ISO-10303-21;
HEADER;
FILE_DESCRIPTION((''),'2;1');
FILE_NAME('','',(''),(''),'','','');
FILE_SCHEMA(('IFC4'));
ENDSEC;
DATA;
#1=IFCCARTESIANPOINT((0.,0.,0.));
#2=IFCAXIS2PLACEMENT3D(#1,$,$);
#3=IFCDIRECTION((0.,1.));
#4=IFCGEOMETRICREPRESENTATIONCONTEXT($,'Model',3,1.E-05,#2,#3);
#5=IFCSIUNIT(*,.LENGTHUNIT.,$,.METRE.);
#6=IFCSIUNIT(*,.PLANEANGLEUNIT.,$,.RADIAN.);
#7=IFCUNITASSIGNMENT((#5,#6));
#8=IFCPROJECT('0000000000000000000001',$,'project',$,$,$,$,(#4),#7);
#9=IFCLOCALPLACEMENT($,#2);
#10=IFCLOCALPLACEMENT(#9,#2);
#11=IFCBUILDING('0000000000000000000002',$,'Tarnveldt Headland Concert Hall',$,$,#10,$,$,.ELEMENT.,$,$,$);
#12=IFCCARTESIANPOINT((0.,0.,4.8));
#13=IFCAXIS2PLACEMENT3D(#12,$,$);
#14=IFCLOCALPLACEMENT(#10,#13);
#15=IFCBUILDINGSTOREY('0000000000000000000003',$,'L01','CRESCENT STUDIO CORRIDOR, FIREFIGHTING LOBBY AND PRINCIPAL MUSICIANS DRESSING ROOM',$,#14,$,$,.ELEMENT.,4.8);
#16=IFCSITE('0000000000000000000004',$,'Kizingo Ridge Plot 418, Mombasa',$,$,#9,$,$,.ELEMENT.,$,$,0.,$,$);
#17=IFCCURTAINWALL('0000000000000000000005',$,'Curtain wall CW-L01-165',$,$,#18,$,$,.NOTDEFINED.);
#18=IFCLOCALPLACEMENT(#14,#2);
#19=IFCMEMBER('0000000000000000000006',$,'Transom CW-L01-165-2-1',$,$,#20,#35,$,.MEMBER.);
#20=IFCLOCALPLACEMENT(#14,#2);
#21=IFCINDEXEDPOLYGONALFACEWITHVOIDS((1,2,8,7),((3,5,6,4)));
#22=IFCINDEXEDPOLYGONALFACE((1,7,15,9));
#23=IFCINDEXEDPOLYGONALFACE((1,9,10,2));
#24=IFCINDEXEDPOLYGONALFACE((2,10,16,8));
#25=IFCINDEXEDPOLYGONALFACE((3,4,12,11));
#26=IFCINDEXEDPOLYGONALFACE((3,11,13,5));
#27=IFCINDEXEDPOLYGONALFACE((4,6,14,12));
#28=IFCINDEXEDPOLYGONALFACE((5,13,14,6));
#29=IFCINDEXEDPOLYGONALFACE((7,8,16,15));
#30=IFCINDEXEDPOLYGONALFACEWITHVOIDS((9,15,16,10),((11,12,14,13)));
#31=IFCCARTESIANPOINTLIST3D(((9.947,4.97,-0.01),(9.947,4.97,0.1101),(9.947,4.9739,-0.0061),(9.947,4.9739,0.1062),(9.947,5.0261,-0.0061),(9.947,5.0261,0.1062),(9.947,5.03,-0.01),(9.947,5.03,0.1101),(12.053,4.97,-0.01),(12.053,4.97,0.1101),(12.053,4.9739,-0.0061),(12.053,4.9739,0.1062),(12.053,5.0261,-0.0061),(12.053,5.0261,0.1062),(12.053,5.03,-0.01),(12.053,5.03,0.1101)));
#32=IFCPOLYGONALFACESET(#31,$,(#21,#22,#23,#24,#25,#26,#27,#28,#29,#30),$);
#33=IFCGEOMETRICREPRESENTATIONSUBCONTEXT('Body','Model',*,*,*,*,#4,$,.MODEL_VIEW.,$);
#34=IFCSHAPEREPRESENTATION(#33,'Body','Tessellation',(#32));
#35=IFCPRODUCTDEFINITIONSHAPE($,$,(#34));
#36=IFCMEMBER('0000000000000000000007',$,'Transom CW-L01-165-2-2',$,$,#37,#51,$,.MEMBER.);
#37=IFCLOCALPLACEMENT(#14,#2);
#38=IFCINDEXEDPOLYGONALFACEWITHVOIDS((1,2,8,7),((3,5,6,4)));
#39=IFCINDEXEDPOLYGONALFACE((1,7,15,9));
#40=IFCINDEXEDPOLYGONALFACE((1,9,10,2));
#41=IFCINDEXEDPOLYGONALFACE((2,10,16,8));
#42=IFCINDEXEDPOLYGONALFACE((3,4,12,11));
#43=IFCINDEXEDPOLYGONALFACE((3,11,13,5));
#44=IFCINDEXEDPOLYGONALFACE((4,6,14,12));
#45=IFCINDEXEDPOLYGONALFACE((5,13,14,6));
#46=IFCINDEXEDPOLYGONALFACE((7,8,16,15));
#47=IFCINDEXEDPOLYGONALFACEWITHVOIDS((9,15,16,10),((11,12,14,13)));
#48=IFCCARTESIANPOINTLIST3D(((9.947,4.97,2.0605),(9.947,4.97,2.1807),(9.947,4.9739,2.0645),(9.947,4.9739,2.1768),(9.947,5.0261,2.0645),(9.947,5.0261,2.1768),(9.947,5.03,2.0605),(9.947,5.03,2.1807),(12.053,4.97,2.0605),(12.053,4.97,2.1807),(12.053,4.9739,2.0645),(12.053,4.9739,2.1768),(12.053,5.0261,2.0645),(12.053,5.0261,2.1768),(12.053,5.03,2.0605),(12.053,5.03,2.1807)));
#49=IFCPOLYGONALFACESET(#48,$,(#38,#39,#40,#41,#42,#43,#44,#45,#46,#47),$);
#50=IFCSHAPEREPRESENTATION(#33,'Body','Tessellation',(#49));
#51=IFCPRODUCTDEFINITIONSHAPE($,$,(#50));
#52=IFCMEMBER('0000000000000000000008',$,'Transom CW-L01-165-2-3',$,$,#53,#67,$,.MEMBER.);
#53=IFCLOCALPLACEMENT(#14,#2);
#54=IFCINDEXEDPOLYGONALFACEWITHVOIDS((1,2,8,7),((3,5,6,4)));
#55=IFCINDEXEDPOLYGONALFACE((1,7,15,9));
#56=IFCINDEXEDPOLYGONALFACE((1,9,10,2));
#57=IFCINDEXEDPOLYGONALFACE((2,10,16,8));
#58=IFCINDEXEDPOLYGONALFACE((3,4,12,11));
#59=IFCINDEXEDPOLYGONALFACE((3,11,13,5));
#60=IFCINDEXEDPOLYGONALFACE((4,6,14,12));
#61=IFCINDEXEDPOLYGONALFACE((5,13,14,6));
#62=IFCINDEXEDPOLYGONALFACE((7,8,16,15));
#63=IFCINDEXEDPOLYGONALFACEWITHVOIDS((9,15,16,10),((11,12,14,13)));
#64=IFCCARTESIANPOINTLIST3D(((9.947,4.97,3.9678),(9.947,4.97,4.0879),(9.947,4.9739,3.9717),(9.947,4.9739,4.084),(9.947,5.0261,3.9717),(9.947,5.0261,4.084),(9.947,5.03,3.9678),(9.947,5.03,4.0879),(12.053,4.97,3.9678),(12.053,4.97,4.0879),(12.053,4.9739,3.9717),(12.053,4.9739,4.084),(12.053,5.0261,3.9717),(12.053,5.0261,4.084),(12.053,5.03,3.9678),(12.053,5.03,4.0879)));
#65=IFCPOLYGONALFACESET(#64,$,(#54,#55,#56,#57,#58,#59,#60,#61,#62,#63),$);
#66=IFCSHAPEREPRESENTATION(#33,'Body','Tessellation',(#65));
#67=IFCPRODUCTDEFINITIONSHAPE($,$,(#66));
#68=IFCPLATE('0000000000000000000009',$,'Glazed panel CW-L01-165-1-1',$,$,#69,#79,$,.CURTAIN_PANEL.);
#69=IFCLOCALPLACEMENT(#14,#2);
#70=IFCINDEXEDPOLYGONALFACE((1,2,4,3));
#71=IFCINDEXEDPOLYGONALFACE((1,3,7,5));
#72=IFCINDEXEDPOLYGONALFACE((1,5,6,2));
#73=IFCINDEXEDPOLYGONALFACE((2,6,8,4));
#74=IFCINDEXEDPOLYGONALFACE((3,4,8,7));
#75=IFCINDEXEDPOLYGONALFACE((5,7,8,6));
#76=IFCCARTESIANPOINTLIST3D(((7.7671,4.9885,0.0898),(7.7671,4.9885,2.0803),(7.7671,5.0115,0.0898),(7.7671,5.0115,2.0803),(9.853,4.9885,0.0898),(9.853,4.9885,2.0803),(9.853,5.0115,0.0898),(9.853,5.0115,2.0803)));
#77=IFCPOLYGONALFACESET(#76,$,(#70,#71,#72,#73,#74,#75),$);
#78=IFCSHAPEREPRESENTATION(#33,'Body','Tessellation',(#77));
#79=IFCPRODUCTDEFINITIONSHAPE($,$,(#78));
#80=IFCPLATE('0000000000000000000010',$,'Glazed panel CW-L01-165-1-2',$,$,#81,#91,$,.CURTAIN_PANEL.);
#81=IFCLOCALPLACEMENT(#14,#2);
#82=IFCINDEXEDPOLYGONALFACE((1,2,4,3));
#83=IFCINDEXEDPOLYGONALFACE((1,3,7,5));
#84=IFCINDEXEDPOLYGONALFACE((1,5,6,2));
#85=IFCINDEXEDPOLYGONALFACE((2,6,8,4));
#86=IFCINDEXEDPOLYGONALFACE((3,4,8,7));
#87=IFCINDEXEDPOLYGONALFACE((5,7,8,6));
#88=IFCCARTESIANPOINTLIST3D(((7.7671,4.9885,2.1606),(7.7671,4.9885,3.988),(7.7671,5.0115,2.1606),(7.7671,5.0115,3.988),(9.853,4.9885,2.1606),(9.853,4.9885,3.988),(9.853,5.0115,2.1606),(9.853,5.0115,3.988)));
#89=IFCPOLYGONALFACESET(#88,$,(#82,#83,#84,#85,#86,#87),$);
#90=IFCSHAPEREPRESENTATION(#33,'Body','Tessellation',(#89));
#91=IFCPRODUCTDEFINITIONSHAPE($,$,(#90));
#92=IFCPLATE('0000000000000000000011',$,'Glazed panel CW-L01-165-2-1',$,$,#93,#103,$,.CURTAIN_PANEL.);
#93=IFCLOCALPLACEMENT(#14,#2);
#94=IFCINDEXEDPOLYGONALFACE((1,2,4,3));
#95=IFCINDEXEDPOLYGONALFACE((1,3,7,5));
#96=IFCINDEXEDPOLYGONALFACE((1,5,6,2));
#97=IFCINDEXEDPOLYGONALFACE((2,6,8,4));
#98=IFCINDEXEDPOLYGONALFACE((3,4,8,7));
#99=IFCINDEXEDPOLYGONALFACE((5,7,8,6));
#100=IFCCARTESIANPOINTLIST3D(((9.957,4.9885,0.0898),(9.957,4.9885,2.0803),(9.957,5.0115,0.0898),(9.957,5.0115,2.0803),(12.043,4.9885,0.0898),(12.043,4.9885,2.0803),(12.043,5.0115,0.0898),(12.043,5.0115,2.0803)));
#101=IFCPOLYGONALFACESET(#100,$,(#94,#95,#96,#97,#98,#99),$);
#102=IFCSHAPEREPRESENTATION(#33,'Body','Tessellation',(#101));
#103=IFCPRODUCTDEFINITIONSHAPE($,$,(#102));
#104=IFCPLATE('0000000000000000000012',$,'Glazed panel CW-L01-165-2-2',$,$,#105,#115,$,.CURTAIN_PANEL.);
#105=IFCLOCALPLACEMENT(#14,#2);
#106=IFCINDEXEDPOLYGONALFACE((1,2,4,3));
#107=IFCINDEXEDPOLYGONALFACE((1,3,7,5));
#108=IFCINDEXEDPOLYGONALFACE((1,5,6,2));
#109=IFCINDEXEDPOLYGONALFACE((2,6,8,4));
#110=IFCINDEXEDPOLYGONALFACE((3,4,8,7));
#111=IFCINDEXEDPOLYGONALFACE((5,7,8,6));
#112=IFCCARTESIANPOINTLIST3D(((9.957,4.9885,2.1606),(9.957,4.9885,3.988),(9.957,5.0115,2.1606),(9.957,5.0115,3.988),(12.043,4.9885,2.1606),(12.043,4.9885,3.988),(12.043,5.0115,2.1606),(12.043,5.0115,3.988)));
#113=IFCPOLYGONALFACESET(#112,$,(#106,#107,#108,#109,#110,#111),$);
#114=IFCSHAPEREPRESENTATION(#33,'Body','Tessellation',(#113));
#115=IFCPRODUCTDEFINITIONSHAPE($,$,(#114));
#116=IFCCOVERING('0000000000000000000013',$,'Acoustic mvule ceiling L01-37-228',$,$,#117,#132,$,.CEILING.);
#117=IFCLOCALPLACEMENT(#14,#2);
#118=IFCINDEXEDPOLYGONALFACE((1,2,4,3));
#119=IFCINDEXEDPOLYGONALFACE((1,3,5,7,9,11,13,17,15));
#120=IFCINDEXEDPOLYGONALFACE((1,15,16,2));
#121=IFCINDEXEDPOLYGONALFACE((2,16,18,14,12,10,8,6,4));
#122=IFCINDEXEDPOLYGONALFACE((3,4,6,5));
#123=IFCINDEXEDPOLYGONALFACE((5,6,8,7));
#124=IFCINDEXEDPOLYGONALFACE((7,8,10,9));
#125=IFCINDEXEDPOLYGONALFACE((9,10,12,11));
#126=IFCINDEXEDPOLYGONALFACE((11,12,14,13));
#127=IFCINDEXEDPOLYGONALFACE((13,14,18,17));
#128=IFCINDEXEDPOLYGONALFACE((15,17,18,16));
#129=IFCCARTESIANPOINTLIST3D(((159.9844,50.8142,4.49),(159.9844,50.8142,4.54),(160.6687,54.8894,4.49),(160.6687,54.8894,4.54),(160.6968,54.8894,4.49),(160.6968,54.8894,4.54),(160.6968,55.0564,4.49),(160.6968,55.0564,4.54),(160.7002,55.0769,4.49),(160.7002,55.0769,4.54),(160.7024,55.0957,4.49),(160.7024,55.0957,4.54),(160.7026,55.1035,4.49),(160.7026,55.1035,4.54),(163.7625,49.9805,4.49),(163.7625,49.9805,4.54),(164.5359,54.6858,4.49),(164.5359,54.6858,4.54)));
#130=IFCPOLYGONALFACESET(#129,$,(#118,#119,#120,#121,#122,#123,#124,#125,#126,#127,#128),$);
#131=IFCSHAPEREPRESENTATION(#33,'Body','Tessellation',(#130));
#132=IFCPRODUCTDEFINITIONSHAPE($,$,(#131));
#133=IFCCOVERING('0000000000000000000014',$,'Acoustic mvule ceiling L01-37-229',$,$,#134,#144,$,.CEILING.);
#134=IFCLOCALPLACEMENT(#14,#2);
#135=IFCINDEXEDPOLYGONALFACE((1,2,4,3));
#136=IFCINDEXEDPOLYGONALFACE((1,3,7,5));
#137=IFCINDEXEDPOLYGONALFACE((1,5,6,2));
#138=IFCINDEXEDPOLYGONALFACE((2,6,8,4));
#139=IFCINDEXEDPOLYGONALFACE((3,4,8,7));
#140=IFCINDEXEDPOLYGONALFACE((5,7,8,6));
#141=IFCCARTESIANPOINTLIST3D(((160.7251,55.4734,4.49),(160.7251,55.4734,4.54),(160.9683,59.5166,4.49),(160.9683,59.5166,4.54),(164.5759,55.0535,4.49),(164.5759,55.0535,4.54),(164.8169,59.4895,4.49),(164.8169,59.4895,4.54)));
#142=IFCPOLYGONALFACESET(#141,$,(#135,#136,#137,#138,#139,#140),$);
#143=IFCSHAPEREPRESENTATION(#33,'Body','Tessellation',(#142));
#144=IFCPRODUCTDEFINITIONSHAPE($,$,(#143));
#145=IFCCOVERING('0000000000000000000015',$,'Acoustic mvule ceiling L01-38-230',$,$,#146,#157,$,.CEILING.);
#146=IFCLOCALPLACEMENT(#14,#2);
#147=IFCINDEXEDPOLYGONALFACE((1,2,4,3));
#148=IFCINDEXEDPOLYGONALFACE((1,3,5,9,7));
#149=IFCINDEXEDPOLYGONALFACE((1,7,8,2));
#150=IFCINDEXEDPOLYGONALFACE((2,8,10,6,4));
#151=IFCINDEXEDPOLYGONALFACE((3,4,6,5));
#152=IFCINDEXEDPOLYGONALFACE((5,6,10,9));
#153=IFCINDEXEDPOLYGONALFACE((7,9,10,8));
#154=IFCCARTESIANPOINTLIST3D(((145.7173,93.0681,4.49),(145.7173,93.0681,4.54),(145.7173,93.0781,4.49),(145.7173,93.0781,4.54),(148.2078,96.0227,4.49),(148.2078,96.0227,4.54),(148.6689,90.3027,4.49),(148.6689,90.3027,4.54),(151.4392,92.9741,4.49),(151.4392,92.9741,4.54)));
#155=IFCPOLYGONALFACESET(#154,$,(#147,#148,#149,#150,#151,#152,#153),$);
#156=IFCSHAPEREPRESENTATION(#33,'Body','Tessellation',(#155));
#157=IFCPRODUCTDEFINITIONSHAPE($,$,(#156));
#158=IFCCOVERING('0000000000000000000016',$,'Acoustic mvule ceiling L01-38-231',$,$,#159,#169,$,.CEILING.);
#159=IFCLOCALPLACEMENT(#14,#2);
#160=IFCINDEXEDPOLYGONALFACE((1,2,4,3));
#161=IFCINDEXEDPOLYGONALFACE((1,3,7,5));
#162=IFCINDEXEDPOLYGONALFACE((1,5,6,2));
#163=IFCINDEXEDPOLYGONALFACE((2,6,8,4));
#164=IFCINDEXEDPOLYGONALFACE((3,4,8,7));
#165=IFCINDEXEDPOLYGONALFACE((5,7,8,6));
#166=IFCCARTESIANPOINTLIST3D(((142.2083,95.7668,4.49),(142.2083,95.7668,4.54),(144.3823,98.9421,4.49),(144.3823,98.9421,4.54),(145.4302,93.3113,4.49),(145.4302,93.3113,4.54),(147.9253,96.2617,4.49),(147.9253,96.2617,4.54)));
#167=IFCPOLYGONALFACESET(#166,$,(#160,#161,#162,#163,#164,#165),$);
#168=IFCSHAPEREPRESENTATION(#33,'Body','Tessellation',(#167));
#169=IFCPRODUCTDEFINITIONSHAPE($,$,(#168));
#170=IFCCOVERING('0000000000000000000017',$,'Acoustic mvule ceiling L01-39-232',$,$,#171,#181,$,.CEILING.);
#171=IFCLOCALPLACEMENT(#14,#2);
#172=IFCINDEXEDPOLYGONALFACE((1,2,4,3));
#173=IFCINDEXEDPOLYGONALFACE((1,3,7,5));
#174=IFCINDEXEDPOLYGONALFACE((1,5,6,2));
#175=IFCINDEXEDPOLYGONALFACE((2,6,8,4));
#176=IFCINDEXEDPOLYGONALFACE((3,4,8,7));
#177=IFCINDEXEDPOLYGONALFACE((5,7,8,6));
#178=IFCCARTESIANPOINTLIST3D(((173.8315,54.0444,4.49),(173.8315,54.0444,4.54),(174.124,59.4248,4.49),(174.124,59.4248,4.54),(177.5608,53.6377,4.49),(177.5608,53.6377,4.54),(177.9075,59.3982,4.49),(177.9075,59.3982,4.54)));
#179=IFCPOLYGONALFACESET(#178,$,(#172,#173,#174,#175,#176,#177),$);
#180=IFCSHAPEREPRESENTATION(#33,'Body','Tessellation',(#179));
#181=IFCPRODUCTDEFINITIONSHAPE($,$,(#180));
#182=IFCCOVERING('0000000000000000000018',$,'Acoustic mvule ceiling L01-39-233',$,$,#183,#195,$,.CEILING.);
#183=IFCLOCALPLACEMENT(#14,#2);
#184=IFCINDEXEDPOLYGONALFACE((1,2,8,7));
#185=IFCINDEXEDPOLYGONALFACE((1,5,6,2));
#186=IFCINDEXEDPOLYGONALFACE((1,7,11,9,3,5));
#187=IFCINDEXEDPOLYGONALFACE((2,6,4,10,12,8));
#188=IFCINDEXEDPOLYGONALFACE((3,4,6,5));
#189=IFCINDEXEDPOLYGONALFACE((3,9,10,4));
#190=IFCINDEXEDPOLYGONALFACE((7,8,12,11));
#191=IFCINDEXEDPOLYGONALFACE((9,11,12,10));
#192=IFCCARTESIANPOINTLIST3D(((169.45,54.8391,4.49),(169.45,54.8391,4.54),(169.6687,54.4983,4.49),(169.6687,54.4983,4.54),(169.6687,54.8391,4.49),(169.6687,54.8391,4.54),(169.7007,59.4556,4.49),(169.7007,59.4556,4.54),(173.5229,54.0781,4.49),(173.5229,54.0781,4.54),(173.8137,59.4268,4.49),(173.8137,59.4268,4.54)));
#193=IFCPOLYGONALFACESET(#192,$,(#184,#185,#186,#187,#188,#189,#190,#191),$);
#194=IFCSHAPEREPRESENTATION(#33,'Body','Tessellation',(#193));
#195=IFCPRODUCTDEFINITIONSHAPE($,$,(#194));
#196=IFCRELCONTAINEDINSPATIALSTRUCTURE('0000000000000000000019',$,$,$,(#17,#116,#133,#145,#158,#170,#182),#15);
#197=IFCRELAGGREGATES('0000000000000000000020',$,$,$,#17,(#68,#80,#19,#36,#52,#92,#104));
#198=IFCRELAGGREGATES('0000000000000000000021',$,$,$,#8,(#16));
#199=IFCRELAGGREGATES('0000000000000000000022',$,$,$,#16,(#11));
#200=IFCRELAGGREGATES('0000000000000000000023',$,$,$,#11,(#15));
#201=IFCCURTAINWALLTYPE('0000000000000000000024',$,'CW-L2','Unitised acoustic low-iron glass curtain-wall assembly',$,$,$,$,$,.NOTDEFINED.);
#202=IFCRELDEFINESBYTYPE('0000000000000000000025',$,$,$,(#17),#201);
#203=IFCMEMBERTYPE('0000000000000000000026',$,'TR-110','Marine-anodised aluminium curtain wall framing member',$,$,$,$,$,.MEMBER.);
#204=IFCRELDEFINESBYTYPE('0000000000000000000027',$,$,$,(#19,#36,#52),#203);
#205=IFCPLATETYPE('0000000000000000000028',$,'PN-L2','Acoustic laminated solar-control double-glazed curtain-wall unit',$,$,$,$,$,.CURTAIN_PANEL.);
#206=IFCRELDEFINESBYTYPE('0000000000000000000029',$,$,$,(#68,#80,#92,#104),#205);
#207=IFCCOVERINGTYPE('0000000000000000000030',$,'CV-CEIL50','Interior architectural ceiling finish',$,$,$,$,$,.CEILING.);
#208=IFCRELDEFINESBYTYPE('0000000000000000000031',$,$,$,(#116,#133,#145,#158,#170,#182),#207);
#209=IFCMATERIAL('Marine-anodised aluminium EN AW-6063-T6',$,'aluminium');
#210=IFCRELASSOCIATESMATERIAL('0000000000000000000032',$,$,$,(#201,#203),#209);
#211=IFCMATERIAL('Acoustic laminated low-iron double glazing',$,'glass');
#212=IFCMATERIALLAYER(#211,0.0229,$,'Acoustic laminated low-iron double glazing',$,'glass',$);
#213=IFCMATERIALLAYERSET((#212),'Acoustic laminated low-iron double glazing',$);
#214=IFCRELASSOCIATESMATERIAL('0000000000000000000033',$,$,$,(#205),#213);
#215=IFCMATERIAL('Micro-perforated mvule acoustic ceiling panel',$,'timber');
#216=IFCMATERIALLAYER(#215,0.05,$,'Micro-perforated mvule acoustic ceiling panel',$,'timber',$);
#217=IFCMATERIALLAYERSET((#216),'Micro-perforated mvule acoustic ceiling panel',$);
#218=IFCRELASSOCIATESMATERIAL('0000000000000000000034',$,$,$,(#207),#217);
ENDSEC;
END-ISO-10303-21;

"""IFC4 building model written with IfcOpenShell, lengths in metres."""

from ifc_helpers import new_model, si_unit, direction, frame, origin, origin_2d, place, context, subcontext, project, spatial, polyline, rectangle, hollow_rectangle, outline, extrude, material, layer, layer_set, material_profile, profile_set, type_object, element, aggregate, save


model = new_model("IFC4")

# Units and contexts
model_context = context("Model", 3, precision=1e-05, world=origin(), true_north=direction((0.0, 1.0)))
body_context = subcontext(model_context, "Body", "Model", "MODEL_VIEW")
ifc_project = project(units=[si_unit("LENGTHUNIT", "METRE"), si_unit("PLANEANGLEUNIT", "RADIAN")], contexts=[model_context])

# Site, building, storey
site_placement = place(None, origin())
site = spatial("IfcSite", under=ifc_project, at=site_placement, Name="Kizingo Ridge Plot 418, Mombasa", CompositionType="ELEMENT", RefElevation=0.0)
building_placement = place(site_placement, origin())
building = spatial("IfcBuilding", under=site, at=building_placement, Name="Tarnveldt Headland Concert Hall", CompositionType="ELEMENT")
storey_placement = place(building_placement, frame((0.0, 0.0, 4.8)))
storey = spatial("IfcBuildingStorey", under=building, at=storey_placement, Name="L01", Description="CRESCENT STUDIO CORRIDOR, FIREFIGHTING LOBBY AND PRINCIPAL MUSICIANS DRESSING ROOM", CompositionType="ELEMENT", Elevation=4.8)

# Curtain wall
ifc_material_1 = material(Name="Marine-anodised aluminium EN AW-6063-T6", Category="aluminium")
curtain_wall_type = type_object("IfcCurtainWallType", Name="CW-L2", Description="Unitised acoustic low-iron glass curtain-wall assembly", PredefinedType="NOTDEFINED", material=ifc_material_1)
curtain_wall_placement = place(storey_placement, origin())
curtain_wall = element("IfcCurtainWall", 1, at=curtain_wall_placement, inside=storey, type_object=curtain_wall_type, Name="Curtain wall CW-L01-165", PredefinedType="NOTDEFINED")

# Members
ifc_material_profile_1 = material_profile(ifc_material_1, hollow_rectangle(XDim=0.0601, YDim=0.1201, WallThickness=0.0039, at=origin_2d()), Name="ALU TRANSOM 60x120x4", Category="aluminium")
ifc_profile_set_1 = profile_set([ifc_material_profile_1], Name="Marine-anodised aluminium EN AW-6063-T6")
member_type_1 = type_object("IfcMemberType", Name="TR-110", Description="Marine-anodised aluminium curtain wall framing member", PredefinedType="MEMBER", material=ifc_profile_set_1)
member_1_placement = place(storey_placement, frame((9.947, 5.0, 0.05), z_axis=(1.0, 0.0, 0.0), x_axis=(0.0, 1.0, 0.0)))
member_1 = element("IfcMember", 2, at=member_1_placement, type_object=member_type_1, Name="Transom CW-L01-165-2-1", PredefinedType="MEMBER", context=body_context, shape_type="SweptSolid", body=[
    extrude(hollow_rectangle(XDim=0.0601, YDim=0.1201, WallThickness=0.0039, at=origin_2d()), origin(), (0.0, 0.0, 1.0), 2.106),
])
member_2_placement = place(storey_placement, frame((9.947, 5.0, 2.1206), z_axis=(1.0, 0.0, 0.0), x_axis=(0.0, 1.0, 0.0)))
member_2 = element("IfcMember", 3, at=member_2_placement, type_object=member_type_1, Name="Transom CW-L01-165-2-2", PredefinedType="MEMBER", context=body_context, shape_type="SweptSolid", body=[
    extrude(hollow_rectangle(XDim=0.0601, YDim=0.1201, WallThickness=0.0039, at=origin_2d()), origin(), (0.0, 0.0, 1.0), 2.106),
])
member_3_placement = place(storey_placement, frame((9.947, 5.0, 4.0278), z_axis=(1.0, 0.0, 0.0), x_axis=(0.0, 1.0, 0.0)))
member_3 = element("IfcMember", 4, at=member_3_placement, type_object=member_type_1, Name="Transom CW-L01-165-2-3", PredefinedType="MEMBER", context=body_context, shape_type="SweptSolid", body=[
    extrude(hollow_rectangle(XDim=0.0601, YDim=0.1201, WallThickness=0.0039, at=origin_2d()), origin(), (0.0, 0.0, 1.0), 2.106),
])

# Plates
ifc_material_2 = material(Name="Acoustic laminated low-iron double glazing", Category="glass")
ifc_layer_1 = layer(ifc_material_2, 0.0229, Name="Acoustic laminated low-iron double glazing", Category="glass")
ifc_layer_set_1 = layer_set([ifc_layer_1], Name="Acoustic laminated low-iron double glazing")
plate_type = type_object("IfcPlateType", Name="PN-L2", Description="Acoustic laminated solar-control double-glazed curtain-wall unit", PredefinedType="CURTAIN_PANEL", material=ifc_layer_set_1)
plate_1_placement = place(storey_placement, frame((8.8101, 5.0, 0.0898), z_axis=(0.0, 0.0, 1.0), x_axis=(1.0, 0.0, 0.0)))
plate_1 = element("IfcPlate", 5, at=plate_1_placement, type_object=plate_type, Name="Glazed panel CW-L01-165-1-1", PredefinedType="CURTAIN_PANEL", context=body_context, shape_type="SweptSolid", body=[
    extrude(rectangle(XDim=2.0859, YDim=0.0229, at=origin_2d()), origin(), (0.0, 0.0, 1.0), 1.9905),
])
plate_2_placement = place(storey_placement, frame((8.8101, 5.0, 2.1606), z_axis=(0.0, 0.0, 1.0), x_axis=(1.0, 0.0, 0.0)))
plate_2 = element("IfcPlate", 6, at=plate_2_placement, type_object=plate_type, Name="Glazed panel CW-L01-165-1-2", PredefinedType="CURTAIN_PANEL", context=body_context, shape_type="SweptSolid", body=[
    extrude(rectangle(XDim=2.0859, YDim=0.0229, at=origin_2d()), origin(), (0.0, 0.0, 1.0), 1.8274),
])
plate_3_placement = place(storey_placement, frame((11.0, 5.0, 0.0898), z_axis=(0.0, 0.0, 1.0), x_axis=(1.0, 0.0, 0.0)))
plate_3 = element("IfcPlate", 7, at=plate_3_placement, type_object=plate_type, Name="Glazed panel CW-L01-165-2-1", PredefinedType="CURTAIN_PANEL", context=body_context, shape_type="SweptSolid", body=[
    extrude(rectangle(XDim=2.0859, YDim=0.0229, at=origin_2d()), origin(), (0.0, 0.0, 1.0), 1.9905),
])
plate_4_placement = place(storey_placement, frame((11.0, 5.0, 2.1606), z_axis=(0.0, 0.0, 1.0), x_axis=(1.0, 0.0, 0.0)))
plate_4 = element("IfcPlate", 8, at=plate_4_placement, type_object=plate_type, Name="Glazed panel CW-L01-165-2-2", PredefinedType="CURTAIN_PANEL", context=body_context, shape_type="SweptSolid", body=[
    extrude(rectangle(XDim=2.0859, YDim=0.0229, at=origin_2d()), origin(), (0.0, 0.0, 1.0), 1.8274),
])
aggregate(curtain_wall, [plate_1, plate_2, member_1, member_2, member_3, plate_3, plate_4])

# Coverings
ifc_material_3 = material(Name="Micro-perforated mvule acoustic ceiling panel", Category="timber")
ifc_layer_2 = layer(ifc_material_3, 0.05, Name="Micro-perforated mvule acoustic ceiling panel", Category="timber")
ifc_layer_set_2 = layer_set([ifc_layer_2], Name="Micro-perforated mvule acoustic ceiling panel")
covering_type_1 = type_object("IfcCoveringType", Name="CV-CEIL50", Description="Interior architectural ceiling finish", PredefinedType="CEILING", material=ifc_layer_set_2)
covering_1_placement = place(storey_placement, frame((0.0, 0.0, 4.49)))
element("IfcCovering", 9, at=covering_1_placement, inside=storey, type_object=covering_type_1, Name="Acoustic mvule ceiling L01-37-228", PredefinedType="CEILING", context=body_context, shape_type="SweptSolid", body=[
    extrude(outline(polyline([(160.7024, 55.0957), (160.7026, 55.1035), (164.5359, 54.6858), (163.7625, 49.9805), (159.9844, 50.8142), (160.6687, 54.8894), (160.6968, 54.8894), (160.6968, 55.0564), (160.7002, 55.0769), (160.7024, 55.0957)])), origin(), (0.0, 0.0, 1.0), 0.05),
])
covering_2_placement = place(storey_placement, frame((0.0, 0.0, 4.49)))
element("IfcCovering", 10, at=covering_2_placement, inside=storey, type_object=covering_type_1, Name="Acoustic mvule ceiling L01-37-229", PredefinedType="CEILING", context=body_context, shape_type="SweptSolid", body=[
    extrude(outline(polyline([(164.5759, 55.0535), (160.7251, 55.4734), (160.9683, 59.5166), (164.8169, 59.4895), (164.5759, 55.0535)])), origin(), (0.0, 0.0, 1.0), 0.05),
])
covering_3_placement = place(storey_placement, frame((0.0, 0.0, 4.49)))
element("IfcCovering", 11, at=covering_3_placement, inside=storey, type_object=covering_type_1, Name="Acoustic mvule ceiling L01-38-230", PredefinedType="CEILING", context=body_context, shape_type="SweptSolid", body=[
    extrude(outline(polyline([(151.4392, 92.9741), (148.6689, 90.3027), (145.7173, 93.0681), (145.7173, 93.0781), (148.2078, 96.0227), (151.4392, 92.9741)])), origin(), (0.0, 0.0, 1.0), 0.05),
])
covering_4_placement = place(storey_placement, frame((0.0, 0.0, 4.49)))
element("IfcCovering", 12, at=covering_4_placement, inside=storey, type_object=covering_type_1, Name="Acoustic mvule ceiling L01-38-231", PredefinedType="CEILING", context=body_context, shape_type="SweptSolid", body=[
    extrude(outline(polyline([(147.9253, 96.2617), (145.4302, 93.3113), (142.2083, 95.7668), (144.3823, 98.9421), (147.9253, 96.2617)])), origin(), (0.0, 0.0, 1.0), 0.05),
])
covering_5_placement = place(storey_placement, frame((0.0, 0.0, 4.49)))
element("IfcCovering", 13, at=covering_5_placement, inside=storey, type_object=covering_type_1, Name="Acoustic mvule ceiling L01-39-232", PredefinedType="CEILING", context=body_context, shape_type="SweptSolid", body=[
    extrude(outline(polyline([(173.8315, 54.0444), (174.124, 59.4248), (177.9075, 59.3982), (177.5608, 53.6377), (173.8315, 54.0444)])), origin(), (0.0, 0.0, 1.0), 0.05),
])
covering_6_placement = place(storey_placement, frame((0.0, 0.0, 4.49)))
element("IfcCovering", 14, at=covering_6_placement, inside=storey, type_object=covering_type_1, Name="Acoustic mvule ceiling L01-39-233", PredefinedType="CEILING", context=body_context, shape_type="SweptSolid", body=[
    extrude(outline(polyline([(169.6687, 54.8391), (169.45, 54.8391), (169.7007, 59.4556), (173.8137, 59.4268), (173.5229, 54.0781), (169.6687, 54.4983), (169.6687, 54.8391)])), origin(), (0.0, 0.0, 1.0), 0.05),
])

save(model, "model.ifc")
